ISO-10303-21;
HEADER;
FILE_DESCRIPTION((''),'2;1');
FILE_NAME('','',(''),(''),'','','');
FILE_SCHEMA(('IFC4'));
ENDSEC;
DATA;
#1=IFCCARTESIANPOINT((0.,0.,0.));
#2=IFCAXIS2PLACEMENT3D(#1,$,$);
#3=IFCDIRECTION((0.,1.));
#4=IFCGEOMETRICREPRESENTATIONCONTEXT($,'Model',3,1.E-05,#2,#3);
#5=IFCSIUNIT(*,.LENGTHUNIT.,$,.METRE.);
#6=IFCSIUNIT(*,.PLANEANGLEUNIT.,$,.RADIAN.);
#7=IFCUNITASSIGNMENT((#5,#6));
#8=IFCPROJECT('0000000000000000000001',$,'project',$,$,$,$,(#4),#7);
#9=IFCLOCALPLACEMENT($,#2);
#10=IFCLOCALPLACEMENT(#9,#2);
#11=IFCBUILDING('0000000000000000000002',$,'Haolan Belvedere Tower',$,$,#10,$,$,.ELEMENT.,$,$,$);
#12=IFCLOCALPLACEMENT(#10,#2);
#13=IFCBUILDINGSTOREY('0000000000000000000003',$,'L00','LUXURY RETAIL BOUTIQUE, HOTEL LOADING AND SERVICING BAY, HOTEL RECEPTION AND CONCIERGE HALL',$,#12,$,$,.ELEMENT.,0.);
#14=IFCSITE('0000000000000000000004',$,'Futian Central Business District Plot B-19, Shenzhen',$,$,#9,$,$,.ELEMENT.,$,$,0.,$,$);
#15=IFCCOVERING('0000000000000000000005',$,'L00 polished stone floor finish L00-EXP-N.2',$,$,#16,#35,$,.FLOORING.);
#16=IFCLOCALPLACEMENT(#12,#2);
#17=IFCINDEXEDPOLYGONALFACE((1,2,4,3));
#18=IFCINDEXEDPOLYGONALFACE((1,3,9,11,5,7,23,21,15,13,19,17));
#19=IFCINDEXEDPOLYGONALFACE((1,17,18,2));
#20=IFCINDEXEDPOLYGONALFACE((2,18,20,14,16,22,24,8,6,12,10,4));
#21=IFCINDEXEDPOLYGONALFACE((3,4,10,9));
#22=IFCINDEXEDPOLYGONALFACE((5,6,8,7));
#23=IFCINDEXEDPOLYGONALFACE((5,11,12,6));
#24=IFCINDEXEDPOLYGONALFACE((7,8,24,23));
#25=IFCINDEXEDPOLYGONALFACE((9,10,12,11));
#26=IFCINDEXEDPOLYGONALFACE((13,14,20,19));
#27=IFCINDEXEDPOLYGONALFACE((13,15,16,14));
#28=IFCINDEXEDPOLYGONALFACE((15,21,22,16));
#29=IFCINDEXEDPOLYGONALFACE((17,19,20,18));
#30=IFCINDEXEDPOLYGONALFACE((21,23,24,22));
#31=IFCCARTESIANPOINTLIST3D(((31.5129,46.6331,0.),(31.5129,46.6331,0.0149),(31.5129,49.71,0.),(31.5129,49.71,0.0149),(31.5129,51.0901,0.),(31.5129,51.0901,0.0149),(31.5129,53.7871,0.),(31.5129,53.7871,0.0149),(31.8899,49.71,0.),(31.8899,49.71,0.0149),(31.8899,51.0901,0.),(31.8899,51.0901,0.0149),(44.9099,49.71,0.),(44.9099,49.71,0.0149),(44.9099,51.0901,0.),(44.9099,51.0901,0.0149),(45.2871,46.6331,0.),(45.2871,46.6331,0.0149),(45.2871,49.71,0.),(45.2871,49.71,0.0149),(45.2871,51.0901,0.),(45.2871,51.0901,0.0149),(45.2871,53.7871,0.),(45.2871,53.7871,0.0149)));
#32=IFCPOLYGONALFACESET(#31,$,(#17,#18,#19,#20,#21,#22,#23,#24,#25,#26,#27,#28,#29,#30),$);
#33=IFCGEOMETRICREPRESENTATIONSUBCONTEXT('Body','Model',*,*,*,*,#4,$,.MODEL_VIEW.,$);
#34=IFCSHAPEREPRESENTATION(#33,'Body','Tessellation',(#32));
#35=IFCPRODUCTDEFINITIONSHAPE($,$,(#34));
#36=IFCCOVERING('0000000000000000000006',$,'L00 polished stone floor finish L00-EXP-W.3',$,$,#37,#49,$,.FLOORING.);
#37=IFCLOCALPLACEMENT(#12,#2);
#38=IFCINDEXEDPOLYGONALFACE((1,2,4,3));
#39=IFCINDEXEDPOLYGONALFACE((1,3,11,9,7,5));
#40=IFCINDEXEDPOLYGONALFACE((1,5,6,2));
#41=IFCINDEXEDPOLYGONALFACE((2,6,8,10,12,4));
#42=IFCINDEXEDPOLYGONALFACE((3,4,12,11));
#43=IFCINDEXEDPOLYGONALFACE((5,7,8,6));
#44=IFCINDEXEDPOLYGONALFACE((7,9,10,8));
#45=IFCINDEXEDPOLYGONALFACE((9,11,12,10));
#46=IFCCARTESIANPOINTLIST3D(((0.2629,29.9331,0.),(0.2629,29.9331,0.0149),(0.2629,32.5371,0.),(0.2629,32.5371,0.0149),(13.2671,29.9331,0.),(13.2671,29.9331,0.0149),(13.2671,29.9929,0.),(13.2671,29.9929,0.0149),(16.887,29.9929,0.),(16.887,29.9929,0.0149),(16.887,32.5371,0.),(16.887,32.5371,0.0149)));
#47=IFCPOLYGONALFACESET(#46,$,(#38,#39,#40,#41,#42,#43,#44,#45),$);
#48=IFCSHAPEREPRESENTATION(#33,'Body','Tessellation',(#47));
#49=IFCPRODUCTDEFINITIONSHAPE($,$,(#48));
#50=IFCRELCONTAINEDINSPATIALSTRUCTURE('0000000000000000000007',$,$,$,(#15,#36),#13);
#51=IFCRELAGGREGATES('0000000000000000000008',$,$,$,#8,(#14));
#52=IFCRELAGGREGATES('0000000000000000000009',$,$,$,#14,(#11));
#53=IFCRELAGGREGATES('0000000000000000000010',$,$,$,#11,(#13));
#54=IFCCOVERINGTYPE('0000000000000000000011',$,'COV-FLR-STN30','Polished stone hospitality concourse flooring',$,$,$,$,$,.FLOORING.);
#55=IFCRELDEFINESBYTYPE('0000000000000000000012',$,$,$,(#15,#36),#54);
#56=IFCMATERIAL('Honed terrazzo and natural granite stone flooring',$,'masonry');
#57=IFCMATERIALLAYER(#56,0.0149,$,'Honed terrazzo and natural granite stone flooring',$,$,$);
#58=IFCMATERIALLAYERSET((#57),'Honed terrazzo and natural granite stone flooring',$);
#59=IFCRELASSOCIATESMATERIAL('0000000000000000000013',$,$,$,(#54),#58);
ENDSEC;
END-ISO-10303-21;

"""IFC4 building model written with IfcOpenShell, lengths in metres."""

from ifc_helpers import new_model, si_unit, direction, origin, place, context, subcontext, project, spatial, polyline, outline, extrude, material, layer, layer_set, type_object, element, save


model = new_model("IFC4")

# Units and contexts
model_context = context("Model", 3, precision=1e-05, world=origin(), true_north=direction((0.0, 1.0)))
body_context = subcontext(model_context, "Body", "Model", "MODEL_VIEW")
ifc_project = project(units=[si_unit("LENGTHUNIT", "METRE"), si_unit("PLANEANGLEUNIT", "RADIAN")], contexts=[model_context])

# Site, building, storey
site_placement = place(None, origin())
site = spatial("IfcSite", under=ifc_project, at=site_placement, Name="Futian Central Business District Plot B-19, Shenzhen", CompositionType="ELEMENT", RefElevation=0.0)
building_placement = place(site_placement, origin())
building = spatial("IfcBuilding", under=site, at=building_placement, Name="Haolan Belvedere Tower", CompositionType="ELEMENT")
storey_placement = place(building_placement, origin())
storey = spatial("IfcBuildingStorey", under=building, at=storey_placement, Name="L00", Description="LUXURY RETAIL BOUTIQUE, HOTEL LOADING AND SERVICING BAY, HOTEL RECEPTION AND CONCIERGE HALL", CompositionType="ELEMENT", Elevation=0.0)

# Coverings
ifc_material_1 = material(Name="Honed terrazzo and natural granite stone flooring", Category="masonry")
ifc_layer_1 = layer(ifc_material_1, 0.0149, Name="Honed terrazzo and natural granite stone flooring")
ifc_layer_set_1 = layer_set([ifc_layer_1], Name="Honed terrazzo and natural granite stone flooring")
covering_type_1 = type_object("IfcCoveringType", Name="COV-FLR-STN30", Description="Polished stone hospitality concourse flooring", PredefinedType="FLOORING", material=ifc_layer_set_1)
covering_1_placement = place(storey_placement, origin())
element("IfcCovering", 1, at=covering_1_placement, inside=storey, type_object=covering_type_1, Name="L00 polished stone floor finish L00-EXP-N.2", PredefinedType="FLOORING", context=body_context, shape_type="SweptSolid", body=[
    extrude(outline(polyline([(44.9099, 49.71), (44.9099, 51.0901), (45.2871, 51.0901), (45.2871, 53.7871), (31.5129, 53.7871), (31.5129, 51.0901), (31.8899, 51.0901), (31.8899, 49.71), (31.5129, 49.71), (31.5129, 46.6331), (45.2871, 46.6331), (45.2871, 49.71), (44.9099, 49.71)])), origin(), (0.0, 0.0, 1.0), 0.0149),
])
covering_2_placement = place(storey_placement, origin())
element("IfcCovering", 2, at=covering_2_placement, inside=storey, type_object=covering_type_1, Name="L00 polished stone floor finish L00-EXP-W.3", PredefinedType="FLOORING", context=body_context, shape_type="SweptSolid", body=[
    extrude(outline(polyline([(16.887, 32.5371), (0.2629, 32.5371), (0.2629, 29.9331), (13.2671, 29.9331), (13.2671, 29.9929), (16.887, 29.9929), (16.887, 32.5371)])), origin(), (0.0, 0.0, 1.0), 0.0149),
])

save(model, "model.ifc")
